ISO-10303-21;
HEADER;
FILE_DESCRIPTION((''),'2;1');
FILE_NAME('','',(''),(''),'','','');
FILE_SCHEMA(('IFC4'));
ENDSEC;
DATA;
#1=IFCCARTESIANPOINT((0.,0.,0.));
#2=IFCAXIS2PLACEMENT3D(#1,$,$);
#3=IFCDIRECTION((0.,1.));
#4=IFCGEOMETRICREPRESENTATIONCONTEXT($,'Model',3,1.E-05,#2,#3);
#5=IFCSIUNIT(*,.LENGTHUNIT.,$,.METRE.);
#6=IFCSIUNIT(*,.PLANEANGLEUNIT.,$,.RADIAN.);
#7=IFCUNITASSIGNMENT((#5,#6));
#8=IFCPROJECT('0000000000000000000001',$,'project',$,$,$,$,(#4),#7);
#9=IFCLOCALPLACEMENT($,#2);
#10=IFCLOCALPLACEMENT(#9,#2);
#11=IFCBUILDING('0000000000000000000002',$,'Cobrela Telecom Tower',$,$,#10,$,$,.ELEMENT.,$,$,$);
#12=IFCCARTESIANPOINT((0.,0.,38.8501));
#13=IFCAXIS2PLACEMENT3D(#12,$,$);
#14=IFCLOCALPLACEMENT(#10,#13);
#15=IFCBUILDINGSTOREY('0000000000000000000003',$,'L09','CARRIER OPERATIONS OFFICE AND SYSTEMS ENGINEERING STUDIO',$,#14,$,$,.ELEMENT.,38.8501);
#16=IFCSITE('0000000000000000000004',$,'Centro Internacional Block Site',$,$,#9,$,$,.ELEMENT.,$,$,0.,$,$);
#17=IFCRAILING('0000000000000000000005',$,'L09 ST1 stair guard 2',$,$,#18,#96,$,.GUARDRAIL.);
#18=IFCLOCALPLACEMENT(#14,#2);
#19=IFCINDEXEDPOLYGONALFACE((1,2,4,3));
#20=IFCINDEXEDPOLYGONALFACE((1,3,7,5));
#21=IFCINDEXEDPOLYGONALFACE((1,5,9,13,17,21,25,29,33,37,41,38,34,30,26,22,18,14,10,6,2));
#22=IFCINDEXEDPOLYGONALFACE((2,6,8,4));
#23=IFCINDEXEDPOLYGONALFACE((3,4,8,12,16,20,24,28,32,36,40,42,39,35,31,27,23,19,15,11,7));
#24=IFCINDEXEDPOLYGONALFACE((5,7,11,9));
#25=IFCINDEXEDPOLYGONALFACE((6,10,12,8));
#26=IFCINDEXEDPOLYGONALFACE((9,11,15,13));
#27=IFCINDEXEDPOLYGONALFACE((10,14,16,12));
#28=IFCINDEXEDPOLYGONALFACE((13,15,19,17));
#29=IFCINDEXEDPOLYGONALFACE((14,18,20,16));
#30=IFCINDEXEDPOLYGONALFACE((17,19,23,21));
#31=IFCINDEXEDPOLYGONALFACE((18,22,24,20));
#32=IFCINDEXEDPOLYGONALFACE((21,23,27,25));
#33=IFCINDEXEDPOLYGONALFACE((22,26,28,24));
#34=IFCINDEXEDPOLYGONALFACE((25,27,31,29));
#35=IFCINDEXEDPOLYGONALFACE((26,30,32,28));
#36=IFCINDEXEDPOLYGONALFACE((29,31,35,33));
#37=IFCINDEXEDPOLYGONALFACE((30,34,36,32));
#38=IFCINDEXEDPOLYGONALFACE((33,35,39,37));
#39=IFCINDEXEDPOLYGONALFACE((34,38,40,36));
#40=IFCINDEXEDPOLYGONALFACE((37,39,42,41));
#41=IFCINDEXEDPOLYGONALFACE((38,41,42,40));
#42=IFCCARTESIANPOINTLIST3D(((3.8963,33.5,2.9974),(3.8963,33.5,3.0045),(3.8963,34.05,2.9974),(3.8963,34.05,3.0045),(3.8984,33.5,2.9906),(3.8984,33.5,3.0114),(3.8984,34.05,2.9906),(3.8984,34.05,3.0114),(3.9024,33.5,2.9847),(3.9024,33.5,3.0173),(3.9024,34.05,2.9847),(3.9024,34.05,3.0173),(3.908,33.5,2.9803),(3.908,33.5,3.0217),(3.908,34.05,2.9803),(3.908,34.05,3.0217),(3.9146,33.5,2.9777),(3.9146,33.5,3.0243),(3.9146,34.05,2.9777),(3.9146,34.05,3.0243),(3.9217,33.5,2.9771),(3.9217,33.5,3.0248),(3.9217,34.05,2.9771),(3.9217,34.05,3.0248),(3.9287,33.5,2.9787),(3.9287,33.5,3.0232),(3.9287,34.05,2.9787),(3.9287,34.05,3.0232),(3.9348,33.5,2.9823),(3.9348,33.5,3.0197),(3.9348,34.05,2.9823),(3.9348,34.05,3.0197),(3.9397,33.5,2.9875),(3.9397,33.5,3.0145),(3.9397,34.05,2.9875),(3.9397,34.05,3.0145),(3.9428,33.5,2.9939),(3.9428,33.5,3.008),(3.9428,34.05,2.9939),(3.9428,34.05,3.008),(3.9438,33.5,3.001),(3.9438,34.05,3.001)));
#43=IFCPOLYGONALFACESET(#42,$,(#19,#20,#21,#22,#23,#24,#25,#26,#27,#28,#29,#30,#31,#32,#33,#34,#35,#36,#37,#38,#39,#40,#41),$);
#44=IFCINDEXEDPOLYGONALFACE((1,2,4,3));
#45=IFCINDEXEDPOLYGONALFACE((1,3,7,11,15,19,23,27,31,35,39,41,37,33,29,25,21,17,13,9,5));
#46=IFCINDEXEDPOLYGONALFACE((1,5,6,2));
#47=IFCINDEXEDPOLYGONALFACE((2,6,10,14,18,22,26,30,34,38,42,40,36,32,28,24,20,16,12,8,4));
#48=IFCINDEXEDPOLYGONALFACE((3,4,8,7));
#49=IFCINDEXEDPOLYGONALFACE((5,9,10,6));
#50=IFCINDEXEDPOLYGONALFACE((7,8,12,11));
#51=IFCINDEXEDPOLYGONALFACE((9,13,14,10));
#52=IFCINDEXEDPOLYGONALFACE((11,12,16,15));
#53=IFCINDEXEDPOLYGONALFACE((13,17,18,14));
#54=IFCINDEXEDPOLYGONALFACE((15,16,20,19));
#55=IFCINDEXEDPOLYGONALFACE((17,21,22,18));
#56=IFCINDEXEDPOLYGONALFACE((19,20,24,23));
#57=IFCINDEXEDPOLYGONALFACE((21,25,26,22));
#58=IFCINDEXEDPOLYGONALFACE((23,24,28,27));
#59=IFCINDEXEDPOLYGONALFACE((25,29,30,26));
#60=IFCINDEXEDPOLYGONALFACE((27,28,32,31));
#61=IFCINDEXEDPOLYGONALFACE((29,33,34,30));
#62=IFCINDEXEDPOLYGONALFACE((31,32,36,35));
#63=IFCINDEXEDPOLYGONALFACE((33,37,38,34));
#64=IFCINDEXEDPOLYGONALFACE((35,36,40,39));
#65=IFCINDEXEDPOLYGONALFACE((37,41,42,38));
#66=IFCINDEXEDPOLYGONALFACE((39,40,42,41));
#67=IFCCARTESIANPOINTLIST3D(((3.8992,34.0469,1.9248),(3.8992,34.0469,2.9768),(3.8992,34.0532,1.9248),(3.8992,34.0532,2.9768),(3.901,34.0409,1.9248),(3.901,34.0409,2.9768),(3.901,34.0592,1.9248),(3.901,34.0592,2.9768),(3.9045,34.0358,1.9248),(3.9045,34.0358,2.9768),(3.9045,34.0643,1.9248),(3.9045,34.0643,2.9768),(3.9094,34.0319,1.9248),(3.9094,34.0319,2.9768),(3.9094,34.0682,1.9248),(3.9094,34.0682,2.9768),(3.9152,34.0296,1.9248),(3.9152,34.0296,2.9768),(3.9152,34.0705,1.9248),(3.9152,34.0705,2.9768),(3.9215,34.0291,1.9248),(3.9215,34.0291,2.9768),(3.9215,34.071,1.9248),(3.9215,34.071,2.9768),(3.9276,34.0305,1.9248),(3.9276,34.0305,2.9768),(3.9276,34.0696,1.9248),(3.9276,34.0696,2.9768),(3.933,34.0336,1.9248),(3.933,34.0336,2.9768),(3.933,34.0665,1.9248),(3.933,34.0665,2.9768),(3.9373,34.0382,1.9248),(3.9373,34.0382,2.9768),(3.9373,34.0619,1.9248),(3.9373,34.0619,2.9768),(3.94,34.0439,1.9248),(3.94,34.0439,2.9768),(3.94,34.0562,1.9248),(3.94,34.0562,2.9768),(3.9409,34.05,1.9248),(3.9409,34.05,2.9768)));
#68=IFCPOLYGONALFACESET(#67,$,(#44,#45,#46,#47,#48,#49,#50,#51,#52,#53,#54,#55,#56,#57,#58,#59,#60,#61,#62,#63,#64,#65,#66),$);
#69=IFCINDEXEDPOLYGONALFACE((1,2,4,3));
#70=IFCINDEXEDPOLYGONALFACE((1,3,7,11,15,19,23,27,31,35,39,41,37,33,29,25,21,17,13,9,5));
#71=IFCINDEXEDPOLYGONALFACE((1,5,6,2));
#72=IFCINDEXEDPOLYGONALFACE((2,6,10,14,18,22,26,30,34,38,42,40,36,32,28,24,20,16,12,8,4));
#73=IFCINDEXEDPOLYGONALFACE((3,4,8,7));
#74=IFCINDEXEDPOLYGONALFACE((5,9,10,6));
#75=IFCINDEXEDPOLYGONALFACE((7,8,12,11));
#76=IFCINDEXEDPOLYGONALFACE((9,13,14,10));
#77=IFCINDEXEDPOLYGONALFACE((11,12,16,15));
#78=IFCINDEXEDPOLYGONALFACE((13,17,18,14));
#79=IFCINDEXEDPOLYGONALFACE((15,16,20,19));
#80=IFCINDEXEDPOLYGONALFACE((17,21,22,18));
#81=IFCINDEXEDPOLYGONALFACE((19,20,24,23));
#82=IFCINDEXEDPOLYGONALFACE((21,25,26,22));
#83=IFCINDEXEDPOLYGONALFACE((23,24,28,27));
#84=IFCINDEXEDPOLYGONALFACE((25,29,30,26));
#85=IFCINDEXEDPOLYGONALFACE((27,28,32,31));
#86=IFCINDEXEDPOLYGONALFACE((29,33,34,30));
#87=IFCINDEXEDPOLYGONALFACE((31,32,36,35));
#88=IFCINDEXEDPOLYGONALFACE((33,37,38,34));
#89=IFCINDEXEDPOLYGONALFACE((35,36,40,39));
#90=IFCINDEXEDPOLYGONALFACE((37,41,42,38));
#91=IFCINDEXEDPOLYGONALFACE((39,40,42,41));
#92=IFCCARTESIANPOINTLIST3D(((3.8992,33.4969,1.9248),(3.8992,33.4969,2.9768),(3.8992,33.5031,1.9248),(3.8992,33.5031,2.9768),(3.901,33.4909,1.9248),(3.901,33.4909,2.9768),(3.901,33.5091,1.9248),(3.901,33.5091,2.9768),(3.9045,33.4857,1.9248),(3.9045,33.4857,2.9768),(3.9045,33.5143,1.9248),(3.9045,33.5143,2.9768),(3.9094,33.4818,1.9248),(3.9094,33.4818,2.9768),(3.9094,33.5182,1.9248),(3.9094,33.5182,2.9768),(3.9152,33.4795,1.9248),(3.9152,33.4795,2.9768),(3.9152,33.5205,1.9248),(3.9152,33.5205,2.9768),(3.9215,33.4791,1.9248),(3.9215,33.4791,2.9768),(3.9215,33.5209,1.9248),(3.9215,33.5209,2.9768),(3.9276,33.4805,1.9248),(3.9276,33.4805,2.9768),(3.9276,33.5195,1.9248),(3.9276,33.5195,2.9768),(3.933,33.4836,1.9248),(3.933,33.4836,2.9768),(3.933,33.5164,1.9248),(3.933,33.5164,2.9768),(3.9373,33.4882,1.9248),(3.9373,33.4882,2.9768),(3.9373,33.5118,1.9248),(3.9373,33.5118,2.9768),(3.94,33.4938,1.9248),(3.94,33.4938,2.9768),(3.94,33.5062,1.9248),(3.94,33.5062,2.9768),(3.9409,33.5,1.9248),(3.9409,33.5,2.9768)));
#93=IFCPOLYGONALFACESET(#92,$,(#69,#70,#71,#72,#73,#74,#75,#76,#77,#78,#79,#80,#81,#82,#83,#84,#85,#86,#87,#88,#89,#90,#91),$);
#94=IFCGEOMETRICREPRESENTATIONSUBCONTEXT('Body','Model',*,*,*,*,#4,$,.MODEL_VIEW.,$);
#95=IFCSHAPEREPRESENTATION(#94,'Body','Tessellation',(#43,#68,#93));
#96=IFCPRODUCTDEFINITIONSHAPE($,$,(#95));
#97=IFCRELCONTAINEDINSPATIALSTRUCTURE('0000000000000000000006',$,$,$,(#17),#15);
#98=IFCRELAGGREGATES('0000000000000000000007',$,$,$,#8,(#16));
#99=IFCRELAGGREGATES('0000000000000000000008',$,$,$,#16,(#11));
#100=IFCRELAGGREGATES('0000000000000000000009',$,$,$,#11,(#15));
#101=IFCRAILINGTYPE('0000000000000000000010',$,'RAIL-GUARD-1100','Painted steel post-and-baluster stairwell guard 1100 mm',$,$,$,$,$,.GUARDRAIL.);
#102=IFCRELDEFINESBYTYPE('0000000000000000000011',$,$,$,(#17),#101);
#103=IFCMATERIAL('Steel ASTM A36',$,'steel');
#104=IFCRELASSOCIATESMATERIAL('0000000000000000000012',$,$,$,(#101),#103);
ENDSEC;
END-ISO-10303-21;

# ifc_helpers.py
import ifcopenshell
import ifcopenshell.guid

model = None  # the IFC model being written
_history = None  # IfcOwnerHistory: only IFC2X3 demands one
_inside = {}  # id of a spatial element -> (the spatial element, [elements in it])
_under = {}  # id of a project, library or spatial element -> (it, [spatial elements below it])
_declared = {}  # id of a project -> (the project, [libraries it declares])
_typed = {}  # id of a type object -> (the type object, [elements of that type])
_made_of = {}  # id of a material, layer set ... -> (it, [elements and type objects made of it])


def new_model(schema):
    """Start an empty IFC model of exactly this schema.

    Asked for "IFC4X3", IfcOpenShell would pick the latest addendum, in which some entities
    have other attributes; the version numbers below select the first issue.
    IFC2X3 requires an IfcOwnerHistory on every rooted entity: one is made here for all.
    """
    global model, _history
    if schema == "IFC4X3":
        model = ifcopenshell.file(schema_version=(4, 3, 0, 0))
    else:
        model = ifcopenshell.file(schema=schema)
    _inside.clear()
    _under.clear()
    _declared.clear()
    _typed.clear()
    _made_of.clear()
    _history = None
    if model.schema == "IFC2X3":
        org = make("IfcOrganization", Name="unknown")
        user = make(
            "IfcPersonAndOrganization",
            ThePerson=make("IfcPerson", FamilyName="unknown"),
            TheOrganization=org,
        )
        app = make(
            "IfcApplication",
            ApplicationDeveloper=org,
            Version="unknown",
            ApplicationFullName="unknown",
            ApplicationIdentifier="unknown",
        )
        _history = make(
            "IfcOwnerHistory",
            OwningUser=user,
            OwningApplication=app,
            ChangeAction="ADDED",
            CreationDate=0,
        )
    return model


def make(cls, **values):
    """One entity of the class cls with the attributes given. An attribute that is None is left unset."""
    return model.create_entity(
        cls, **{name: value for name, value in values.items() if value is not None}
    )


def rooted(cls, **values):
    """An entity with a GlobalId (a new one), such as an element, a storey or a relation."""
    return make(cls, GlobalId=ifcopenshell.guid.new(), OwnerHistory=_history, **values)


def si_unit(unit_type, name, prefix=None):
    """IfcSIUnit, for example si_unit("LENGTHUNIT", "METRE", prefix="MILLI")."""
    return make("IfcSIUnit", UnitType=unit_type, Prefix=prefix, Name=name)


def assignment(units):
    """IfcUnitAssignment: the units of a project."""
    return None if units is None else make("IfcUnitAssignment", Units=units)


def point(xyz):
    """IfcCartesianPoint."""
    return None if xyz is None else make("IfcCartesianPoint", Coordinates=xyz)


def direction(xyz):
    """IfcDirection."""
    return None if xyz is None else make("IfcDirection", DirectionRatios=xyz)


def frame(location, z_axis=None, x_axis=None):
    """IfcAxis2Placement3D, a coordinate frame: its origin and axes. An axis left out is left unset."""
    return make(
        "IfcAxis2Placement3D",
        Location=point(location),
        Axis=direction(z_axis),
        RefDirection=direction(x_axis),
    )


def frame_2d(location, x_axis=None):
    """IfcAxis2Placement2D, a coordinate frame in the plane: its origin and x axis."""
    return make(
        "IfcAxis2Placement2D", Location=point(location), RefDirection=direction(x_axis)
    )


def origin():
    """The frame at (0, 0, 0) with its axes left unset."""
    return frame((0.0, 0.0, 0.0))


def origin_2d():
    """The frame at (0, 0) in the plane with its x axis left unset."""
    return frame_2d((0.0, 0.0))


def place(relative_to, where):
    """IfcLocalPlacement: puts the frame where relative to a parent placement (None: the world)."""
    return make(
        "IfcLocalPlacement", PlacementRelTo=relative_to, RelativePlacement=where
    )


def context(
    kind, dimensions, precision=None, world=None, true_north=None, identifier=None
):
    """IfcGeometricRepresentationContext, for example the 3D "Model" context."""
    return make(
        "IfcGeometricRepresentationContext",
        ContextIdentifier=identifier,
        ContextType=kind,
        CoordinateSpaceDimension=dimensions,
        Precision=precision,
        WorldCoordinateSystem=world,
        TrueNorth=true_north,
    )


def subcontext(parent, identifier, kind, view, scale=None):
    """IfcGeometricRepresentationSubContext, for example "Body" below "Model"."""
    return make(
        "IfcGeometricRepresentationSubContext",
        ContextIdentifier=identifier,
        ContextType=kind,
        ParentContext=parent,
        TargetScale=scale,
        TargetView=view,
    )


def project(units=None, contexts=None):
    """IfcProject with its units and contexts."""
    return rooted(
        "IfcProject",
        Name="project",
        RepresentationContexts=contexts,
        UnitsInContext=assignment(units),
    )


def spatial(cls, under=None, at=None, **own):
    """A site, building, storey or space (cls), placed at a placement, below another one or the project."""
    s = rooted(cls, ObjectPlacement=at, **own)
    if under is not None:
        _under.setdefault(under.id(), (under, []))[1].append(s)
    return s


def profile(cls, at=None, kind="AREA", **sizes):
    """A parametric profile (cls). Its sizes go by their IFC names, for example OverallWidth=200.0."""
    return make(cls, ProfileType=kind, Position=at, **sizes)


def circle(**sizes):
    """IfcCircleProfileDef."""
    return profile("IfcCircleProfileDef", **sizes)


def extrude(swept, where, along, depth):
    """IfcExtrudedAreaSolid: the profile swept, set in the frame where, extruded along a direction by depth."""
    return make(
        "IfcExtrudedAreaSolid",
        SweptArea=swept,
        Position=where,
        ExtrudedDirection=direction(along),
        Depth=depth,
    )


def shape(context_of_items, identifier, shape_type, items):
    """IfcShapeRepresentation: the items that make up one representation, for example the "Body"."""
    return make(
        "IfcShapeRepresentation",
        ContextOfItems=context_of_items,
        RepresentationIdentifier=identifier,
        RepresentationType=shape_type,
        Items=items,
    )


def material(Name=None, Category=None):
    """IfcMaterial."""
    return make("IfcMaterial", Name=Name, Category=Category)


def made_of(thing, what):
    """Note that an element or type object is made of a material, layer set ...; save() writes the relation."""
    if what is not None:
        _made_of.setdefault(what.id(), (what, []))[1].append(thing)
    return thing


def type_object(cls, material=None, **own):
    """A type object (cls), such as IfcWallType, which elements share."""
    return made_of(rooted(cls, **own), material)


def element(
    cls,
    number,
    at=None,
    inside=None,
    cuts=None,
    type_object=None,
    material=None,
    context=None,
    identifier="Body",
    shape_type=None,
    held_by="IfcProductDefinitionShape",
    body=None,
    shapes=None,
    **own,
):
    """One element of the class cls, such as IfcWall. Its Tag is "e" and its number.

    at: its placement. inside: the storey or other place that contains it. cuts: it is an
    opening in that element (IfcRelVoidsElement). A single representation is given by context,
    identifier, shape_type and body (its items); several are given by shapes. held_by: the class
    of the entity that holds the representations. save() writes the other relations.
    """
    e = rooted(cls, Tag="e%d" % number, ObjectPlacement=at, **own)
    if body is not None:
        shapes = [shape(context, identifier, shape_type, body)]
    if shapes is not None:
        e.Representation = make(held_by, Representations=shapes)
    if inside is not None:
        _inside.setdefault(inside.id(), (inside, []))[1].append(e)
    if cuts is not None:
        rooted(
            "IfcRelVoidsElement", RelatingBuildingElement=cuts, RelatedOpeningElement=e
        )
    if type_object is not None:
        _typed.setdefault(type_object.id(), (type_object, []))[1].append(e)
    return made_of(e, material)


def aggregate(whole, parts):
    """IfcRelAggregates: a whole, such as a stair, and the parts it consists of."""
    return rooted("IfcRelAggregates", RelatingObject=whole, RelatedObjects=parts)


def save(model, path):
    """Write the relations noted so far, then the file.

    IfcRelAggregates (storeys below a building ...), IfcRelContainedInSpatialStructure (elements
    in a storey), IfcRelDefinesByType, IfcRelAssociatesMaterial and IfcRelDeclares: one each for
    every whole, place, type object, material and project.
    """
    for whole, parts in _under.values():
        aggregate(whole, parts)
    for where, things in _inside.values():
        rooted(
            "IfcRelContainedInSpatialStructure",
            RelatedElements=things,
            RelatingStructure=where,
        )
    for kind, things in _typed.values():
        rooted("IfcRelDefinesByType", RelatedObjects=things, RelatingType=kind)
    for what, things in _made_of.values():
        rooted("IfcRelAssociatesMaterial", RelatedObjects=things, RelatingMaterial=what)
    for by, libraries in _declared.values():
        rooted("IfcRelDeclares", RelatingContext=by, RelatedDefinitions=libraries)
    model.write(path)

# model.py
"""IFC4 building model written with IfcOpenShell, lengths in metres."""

from ifc_helpers import new_model, si_unit, direction, frame, origin, origin_2d, place, context, subcontext, project, spatial, circle, extrude, material, type_object, element, save


model = new_model("IFC4")

# Units and contexts
model_context = context("Model", 3, precision=1e-05, world=origin(), true_north=direction((0.0, 1.0)))
body_context = subcontext(model_context, "Body", "Model", "MODEL_VIEW")
ifc_project = project(units=[si_unit("LENGTHUNIT", "METRE"), si_unit("PLANEANGLEUNIT", "RADIAN")], contexts=[model_context])

# Site, building, storey
site_placement = place(None, origin())
site = spatial("IfcSite", under=ifc_project, at=site_placement, Name="Centro Internacional Block Site", CompositionType="ELEMENT", RefElevation=0.0)
building_placement = place(site_placement, origin())
building = spatial("IfcBuilding", under=site, at=building_placement, Name="Cobrela Telecom Tower", CompositionType="ELEMENT")
storey_placement = place(building_placement, frame((0.0, 0.0, 38.8501)))
storey = spatial("IfcBuildingStorey", under=building, at=storey_placement, Name="L09", Description="CARRIER OPERATIONS OFFICE AND SYSTEMS ENGINEERING STUDIO", CompositionType="ELEMENT", Elevation=38.8501)

# Shared definitions
ifc_material_1 = material(Name="Steel ASTM A36", Category="steel")

# Railing
railing_type_1 = type_object("IfcRailingType", Name="RAIL-GUARD-1100", Description="Painted steel post-and-baluster stairwell guard 1100 mm", PredefinedType="GUARDRAIL", material=ifc_material_1)
railing_1_placement = place(storey_placement, frame((3.9199, 34.05, 1.9248)))
element("IfcRailing", 1, at=railing_1_placement, inside=storey, type_object=railing_type_1, Name="L09 ST1 stair guard 2", PredefinedType="GUARDRAIL", context=body_context, shape_type="SweptSolid", body=[
    extrude(circle(Radius=0.0239, at=origin_2d()), frame((0.0, 0.0, 1.0762), z_axis=(0.0, -1.0, 0.0), x_axis=(1.0, 0.0, 0.0)), (0.0, 0.0, 1.0), 0.55),
    extrude(circle(Radius=0.021, at=origin_2d()), origin(), (0.0, 0.0, 1.0), 1.052),
    extrude(circle(Radius=0.021, at=origin_2d()), frame((0.0, -0.55, 0.0)), (0.0, 0.0, 1.0), 1.052),
])

save(model, "model.ifc")
